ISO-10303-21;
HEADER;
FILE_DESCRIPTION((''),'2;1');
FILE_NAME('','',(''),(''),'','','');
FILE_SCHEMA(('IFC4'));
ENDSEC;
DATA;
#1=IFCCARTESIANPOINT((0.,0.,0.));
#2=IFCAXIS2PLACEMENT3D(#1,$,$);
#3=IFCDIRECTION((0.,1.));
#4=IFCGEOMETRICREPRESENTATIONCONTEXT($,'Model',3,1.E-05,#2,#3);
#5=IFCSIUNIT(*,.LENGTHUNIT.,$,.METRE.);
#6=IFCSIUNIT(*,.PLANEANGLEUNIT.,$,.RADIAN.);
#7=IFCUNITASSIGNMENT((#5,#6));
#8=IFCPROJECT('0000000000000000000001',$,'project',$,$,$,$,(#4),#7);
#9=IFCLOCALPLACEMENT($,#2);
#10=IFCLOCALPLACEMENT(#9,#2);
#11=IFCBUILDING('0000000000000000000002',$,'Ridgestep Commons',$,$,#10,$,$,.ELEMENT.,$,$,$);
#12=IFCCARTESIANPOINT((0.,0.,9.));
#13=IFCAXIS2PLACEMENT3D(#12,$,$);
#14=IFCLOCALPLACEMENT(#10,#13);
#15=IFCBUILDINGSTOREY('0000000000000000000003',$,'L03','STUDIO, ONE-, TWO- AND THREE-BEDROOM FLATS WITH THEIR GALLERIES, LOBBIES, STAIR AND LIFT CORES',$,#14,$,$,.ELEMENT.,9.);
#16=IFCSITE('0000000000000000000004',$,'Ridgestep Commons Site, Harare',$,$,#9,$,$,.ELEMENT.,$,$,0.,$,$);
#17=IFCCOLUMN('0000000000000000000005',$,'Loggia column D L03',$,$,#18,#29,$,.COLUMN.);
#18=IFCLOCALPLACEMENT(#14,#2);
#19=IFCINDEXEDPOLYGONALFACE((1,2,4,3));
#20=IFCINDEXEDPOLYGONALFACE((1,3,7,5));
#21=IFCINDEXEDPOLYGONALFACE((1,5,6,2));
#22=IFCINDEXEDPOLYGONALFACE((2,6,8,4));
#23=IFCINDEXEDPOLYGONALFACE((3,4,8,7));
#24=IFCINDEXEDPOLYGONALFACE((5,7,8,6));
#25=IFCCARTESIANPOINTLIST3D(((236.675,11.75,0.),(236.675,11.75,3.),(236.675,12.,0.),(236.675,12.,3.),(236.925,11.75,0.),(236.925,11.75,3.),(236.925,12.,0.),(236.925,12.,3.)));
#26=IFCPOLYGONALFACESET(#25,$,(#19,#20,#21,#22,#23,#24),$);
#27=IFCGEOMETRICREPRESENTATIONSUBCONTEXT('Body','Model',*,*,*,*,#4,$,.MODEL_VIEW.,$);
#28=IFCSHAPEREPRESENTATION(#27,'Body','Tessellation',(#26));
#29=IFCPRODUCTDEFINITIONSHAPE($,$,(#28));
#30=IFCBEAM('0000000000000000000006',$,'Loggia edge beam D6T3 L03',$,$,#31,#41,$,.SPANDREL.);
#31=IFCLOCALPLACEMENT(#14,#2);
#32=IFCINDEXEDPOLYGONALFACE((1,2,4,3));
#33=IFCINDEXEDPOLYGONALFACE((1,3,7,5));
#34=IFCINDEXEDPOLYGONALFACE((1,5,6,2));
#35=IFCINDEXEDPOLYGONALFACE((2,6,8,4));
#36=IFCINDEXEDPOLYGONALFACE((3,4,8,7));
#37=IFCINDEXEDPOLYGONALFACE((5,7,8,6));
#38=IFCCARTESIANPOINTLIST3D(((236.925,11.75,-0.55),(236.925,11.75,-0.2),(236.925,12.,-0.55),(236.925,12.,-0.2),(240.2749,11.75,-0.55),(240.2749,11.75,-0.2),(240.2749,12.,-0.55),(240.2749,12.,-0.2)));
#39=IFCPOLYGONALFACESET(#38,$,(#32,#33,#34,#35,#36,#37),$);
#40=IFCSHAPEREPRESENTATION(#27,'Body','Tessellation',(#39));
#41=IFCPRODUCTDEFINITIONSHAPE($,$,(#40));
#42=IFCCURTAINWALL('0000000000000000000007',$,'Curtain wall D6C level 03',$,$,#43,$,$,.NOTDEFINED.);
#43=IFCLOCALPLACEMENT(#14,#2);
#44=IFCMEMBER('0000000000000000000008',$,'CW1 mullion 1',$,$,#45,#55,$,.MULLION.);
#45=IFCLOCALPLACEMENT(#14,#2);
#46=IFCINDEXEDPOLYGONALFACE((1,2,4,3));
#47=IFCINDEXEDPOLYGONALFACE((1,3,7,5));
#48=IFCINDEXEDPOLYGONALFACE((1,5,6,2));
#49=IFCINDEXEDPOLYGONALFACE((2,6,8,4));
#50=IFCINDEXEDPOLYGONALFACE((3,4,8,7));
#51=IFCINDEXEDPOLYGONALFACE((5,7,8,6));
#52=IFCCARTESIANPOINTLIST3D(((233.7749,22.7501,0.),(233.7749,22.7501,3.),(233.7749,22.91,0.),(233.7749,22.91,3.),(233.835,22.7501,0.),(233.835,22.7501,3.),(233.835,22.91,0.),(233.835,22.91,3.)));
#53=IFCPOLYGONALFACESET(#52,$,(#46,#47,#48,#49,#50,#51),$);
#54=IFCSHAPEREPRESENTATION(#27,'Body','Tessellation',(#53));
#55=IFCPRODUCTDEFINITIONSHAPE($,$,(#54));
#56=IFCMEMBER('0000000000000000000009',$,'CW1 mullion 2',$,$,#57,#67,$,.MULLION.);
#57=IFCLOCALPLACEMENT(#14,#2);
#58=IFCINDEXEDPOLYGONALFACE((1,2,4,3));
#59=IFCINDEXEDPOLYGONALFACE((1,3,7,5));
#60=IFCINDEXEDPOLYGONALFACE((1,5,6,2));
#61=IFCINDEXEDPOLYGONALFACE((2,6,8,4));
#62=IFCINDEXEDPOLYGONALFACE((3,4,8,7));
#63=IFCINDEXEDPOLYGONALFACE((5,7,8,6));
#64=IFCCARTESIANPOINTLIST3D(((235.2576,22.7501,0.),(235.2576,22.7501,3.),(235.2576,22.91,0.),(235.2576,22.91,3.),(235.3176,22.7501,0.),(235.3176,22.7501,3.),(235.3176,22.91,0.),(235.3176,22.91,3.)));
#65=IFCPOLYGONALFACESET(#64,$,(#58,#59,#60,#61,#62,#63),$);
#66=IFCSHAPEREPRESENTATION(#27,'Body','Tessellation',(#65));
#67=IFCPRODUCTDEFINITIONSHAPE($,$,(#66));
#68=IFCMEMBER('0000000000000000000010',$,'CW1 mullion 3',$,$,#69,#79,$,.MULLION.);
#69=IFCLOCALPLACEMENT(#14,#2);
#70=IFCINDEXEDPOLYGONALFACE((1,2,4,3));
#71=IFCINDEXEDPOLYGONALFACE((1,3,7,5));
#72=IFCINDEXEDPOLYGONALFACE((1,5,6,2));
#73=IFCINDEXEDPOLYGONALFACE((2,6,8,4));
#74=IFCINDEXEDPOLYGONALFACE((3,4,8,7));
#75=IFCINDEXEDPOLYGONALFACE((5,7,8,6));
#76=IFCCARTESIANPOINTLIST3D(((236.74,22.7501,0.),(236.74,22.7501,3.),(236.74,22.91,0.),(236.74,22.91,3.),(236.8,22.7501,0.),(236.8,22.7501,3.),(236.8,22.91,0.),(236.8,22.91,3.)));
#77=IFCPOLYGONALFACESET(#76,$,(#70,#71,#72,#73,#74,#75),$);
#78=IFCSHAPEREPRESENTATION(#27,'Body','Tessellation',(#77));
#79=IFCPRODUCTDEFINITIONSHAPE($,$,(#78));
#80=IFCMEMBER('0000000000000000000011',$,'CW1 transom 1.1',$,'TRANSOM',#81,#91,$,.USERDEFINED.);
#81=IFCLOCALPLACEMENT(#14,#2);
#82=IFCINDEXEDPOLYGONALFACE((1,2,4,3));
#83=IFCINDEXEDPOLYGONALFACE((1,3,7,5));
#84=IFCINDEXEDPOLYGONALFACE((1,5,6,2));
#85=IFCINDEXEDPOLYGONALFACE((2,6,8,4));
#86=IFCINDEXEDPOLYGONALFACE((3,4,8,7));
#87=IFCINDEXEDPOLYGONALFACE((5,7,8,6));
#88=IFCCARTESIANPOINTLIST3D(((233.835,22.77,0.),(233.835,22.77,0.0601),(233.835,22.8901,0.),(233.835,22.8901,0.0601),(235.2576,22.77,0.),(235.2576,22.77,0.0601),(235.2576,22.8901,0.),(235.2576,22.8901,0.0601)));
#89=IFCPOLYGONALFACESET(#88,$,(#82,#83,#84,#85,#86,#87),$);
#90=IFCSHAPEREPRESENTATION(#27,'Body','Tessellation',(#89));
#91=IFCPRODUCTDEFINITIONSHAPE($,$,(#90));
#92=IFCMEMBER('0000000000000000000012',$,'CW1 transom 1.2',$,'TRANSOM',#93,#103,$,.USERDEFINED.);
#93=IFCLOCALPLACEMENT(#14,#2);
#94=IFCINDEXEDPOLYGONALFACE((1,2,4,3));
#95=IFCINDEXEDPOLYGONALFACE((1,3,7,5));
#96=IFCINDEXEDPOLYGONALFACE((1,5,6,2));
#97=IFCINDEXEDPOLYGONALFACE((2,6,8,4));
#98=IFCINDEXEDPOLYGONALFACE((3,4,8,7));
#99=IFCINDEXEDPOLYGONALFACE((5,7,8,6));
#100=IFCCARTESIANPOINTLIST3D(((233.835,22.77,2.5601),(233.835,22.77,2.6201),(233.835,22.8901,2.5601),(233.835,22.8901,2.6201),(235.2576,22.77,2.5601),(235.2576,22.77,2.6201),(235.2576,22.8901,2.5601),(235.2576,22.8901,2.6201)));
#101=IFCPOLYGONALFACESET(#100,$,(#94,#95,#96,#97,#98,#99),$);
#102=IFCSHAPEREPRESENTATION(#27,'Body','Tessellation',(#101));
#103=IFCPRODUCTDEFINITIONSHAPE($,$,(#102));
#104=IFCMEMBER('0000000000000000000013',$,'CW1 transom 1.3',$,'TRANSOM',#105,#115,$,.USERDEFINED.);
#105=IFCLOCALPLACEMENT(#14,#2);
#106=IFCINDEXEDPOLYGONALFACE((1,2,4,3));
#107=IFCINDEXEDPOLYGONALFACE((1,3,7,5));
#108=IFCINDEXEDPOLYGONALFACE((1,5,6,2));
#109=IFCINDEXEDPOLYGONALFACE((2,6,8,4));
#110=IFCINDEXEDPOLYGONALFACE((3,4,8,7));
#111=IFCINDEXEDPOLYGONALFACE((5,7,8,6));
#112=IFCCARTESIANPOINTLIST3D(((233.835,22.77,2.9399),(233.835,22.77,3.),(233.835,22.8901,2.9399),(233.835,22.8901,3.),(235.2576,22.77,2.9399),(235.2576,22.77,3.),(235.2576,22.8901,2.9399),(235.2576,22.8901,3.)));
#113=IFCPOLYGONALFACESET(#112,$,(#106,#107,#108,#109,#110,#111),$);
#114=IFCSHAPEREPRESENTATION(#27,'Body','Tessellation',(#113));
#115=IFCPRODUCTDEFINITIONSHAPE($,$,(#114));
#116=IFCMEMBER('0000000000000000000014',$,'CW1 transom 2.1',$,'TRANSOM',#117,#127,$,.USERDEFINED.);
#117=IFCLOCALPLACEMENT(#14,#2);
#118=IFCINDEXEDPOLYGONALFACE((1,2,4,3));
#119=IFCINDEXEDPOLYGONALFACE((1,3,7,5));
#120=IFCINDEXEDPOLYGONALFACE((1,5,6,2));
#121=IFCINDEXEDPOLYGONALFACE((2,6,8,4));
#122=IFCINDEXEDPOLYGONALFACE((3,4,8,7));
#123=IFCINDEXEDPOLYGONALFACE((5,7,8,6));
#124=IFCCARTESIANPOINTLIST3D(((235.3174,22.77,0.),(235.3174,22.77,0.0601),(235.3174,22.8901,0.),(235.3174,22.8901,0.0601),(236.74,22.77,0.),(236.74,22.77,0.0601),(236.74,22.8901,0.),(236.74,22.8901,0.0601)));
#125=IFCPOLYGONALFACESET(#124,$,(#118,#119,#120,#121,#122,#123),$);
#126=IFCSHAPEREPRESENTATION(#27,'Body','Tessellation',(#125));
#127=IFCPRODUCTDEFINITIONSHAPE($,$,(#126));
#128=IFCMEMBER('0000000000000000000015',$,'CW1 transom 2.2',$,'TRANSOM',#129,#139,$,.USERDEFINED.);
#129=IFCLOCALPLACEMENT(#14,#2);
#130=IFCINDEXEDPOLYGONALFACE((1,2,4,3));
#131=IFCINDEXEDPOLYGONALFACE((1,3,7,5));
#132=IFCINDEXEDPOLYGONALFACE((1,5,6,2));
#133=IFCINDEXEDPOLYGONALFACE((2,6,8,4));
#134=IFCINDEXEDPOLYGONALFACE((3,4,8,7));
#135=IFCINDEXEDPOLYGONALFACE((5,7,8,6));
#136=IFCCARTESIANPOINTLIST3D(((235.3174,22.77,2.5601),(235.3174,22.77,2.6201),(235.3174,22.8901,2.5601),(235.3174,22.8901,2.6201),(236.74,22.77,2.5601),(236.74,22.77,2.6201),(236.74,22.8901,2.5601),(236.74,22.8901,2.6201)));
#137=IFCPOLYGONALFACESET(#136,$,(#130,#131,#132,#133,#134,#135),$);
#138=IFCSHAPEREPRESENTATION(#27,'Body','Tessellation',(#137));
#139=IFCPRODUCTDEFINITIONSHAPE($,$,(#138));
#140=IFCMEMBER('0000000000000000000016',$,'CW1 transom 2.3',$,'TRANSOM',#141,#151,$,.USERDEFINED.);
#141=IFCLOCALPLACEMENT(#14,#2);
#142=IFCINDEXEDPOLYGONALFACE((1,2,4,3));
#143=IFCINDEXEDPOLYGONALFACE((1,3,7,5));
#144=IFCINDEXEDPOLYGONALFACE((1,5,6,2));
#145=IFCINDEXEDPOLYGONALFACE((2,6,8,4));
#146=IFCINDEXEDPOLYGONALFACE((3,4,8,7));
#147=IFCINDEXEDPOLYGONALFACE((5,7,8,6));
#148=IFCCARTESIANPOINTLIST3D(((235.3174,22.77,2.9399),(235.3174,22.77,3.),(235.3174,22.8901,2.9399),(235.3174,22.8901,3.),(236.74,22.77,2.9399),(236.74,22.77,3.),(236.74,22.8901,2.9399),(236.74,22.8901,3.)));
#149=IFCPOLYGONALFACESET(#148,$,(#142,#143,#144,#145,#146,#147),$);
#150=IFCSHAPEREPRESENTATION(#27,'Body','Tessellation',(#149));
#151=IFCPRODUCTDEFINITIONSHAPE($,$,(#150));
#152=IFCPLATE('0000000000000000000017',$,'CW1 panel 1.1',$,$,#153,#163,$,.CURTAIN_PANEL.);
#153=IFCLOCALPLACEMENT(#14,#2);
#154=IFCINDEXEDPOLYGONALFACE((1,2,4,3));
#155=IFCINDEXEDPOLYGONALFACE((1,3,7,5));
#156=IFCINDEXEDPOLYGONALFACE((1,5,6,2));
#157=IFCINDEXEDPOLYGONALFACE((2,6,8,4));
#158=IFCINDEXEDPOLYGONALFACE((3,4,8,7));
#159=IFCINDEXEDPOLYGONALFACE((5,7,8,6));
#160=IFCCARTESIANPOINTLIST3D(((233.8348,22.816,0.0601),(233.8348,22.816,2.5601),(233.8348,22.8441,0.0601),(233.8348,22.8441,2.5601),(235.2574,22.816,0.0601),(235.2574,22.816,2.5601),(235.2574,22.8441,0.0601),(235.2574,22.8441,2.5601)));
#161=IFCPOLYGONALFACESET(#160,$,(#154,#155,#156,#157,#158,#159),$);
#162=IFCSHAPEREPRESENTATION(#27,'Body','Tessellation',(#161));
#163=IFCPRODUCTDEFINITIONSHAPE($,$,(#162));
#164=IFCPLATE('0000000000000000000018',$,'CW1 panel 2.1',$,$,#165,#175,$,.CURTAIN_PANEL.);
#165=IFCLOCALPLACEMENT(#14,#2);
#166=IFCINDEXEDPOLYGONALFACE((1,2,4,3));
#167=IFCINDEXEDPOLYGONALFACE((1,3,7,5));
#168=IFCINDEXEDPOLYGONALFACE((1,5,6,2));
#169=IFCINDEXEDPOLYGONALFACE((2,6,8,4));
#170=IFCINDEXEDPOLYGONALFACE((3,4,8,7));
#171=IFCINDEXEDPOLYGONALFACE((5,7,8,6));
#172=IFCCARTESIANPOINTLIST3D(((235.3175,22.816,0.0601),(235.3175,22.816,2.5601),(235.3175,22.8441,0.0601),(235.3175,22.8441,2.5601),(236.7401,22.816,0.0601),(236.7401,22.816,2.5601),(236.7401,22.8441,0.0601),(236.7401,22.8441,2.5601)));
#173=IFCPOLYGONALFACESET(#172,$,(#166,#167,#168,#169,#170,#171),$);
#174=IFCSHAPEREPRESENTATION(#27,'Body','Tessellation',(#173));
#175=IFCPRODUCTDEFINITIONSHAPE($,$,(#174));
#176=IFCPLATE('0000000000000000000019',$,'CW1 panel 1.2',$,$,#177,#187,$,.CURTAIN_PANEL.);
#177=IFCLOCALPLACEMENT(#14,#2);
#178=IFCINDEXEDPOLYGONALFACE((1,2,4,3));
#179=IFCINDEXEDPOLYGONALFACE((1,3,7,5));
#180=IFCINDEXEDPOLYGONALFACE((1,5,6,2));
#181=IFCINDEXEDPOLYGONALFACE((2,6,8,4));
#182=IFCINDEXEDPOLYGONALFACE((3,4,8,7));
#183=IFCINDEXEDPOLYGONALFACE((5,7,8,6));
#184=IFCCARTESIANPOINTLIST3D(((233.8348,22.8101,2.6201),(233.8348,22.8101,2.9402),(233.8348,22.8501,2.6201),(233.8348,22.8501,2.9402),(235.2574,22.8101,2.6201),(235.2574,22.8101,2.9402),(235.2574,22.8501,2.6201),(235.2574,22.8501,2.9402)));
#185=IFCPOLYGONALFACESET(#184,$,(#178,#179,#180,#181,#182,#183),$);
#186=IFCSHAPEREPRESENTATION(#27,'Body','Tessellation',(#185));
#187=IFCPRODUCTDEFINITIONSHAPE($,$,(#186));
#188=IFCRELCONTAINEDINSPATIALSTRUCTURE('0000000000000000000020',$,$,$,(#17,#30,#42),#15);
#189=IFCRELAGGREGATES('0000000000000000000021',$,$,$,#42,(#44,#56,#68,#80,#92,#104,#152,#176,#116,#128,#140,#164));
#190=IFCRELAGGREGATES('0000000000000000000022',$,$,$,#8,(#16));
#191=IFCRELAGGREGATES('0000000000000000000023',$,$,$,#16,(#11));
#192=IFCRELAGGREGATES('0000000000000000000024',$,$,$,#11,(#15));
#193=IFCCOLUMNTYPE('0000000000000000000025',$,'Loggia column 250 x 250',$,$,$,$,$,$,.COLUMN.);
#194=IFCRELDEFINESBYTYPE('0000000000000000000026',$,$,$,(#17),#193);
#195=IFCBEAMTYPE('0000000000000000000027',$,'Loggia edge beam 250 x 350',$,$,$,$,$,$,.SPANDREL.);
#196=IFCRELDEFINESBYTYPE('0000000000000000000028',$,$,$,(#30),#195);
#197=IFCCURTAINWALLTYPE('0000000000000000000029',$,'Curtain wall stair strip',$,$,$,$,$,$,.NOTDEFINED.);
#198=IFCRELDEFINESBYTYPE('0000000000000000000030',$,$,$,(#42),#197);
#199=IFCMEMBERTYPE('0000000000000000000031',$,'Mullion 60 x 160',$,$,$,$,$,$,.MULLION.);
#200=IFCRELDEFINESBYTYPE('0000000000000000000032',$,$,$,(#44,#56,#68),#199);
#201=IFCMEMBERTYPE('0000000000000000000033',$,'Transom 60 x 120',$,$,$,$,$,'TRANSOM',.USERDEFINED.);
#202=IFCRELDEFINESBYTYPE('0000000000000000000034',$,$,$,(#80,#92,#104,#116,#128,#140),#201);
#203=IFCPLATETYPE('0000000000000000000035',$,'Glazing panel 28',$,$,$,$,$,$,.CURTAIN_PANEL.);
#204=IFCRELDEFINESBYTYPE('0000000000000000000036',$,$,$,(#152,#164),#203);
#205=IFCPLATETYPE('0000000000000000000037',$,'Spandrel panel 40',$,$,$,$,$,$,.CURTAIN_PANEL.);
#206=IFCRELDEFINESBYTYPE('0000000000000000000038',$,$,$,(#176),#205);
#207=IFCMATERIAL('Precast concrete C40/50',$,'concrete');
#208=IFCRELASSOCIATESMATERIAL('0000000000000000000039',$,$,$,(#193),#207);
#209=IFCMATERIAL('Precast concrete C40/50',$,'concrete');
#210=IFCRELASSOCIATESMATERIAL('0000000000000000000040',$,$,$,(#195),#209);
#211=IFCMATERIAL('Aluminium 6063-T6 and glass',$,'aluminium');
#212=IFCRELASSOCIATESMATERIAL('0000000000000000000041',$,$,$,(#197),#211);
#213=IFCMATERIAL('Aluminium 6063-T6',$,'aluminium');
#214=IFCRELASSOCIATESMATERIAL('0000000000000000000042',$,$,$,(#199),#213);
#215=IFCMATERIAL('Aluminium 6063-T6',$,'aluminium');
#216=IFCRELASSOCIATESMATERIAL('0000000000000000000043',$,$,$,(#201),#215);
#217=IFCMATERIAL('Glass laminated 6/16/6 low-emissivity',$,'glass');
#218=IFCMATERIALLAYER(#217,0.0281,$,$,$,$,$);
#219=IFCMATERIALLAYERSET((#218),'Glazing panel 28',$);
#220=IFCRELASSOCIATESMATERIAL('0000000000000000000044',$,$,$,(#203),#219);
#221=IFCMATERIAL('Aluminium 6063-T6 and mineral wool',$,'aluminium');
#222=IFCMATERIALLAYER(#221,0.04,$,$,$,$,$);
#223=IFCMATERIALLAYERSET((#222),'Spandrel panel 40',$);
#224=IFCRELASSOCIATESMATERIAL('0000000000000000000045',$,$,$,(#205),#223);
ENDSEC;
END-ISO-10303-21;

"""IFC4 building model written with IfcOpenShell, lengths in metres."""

from ifc_helpers import new_model, si_unit, direction, frame, origin, origin_2d, place, context, subcontext, project, spatial, rectangle, extrude, material, layer, layer_set, material_profile, profile_set, type_object, element, aggregate, save


model = new_model("IFC4")

# Units and contexts
model_context = context("Model", 3, precision=1e-05, world=origin(), true_north=direction((0.0, 1.0)))
body_context = subcontext(model_context, "Body", "Model", "MODEL_VIEW")
ifc_project = project(units=[si_unit("LENGTHUNIT", "METRE"), si_unit("PLANEANGLEUNIT", "RADIAN")], contexts=[model_context])

# Site, building, storey
site_placement = place(None, origin())
site = spatial("IfcSite", under=ifc_project, at=site_placement, Name="Ridgestep Commons Site, Harare", CompositionType="ELEMENT", RefElevation=0.0)
building_placement = place(site_placement, origin())
building = spatial("IfcBuilding", under=site, at=building_placement, Name="Ridgestep Commons", CompositionType="ELEMENT")
storey_placement = place(building_placement, frame((0.0, 0.0, 9.0)))
storey = spatial("IfcBuildingStorey", under=building, at=storey_placement, Name="L03", Description="STUDIO, ONE-, TWO- AND THREE-BEDROOM FLATS WITH THEIR GALLERIES, LOBBIES, STAIR AND LIFT CORES", CompositionType="ELEMENT", Elevation=9.0)

# Column
ifc_material_1 = material(Name="Precast concrete C40/50", Category="concrete")
ifc_material_profile_1 = material_profile(ifc_material_1, rectangle(XDim=0.25, YDim=0.25, at=origin_2d()), Name="PC 250x250")
ifc_profile_set_1 = profile_set([ifc_material_profile_1], Name="Precast concrete C40/50")
column_type = type_object("IfcColumnType", Name="Loggia column 250 x 250", PredefinedType="COLUMN", material=ifc_profile_set_1)
column_placement = place(storey_placement, frame((236.8, 11.875, 0.0), z_axis=(0.0, 0.0, 1.0), x_axis=(1.0, 0.0, 0.0)))
element("IfcColumn", 1, at=column_placement, inside=storey, type_object=column_type, Name="Loggia column D L03", PredefinedType="COLUMN", context=body_context, shape_type="SweptSolid", body=[
    extrude(rectangle(XDim=0.25, YDim=0.25, at=origin_2d()), origin(), (0.0, 0.0, 1.0), 3.0),
])

# Beam
ifc_material_2 = material(Name="Precast concrete C40/50", Category="concrete")
ifc_material_profile_2 = material_profile(ifc_material_2, rectangle(XDim=0.25, YDim=0.3501, at=origin_2d()), Name="PC 250x350")
ifc_profile_set_2 = profile_set([ifc_material_profile_2], Name="Precast concrete C40/50")
beam_type = type_object("IfcBeamType", Name="Loggia edge beam 250 x 350", PredefinedType="SPANDREL", material=ifc_profile_set_2)
beam_placement = place(storey_placement, frame((236.925, 11.875, -0.375), z_axis=(1.0, 0.0, 0.0), x_axis=(0.0, 1.0, 0.0)))
element("IfcBeam", 2, at=beam_placement, inside=storey, type_object=beam_type, Name="Loggia edge beam D6T3 L03", PredefinedType="SPANDREL", context=body_context, shape_type="SweptSolid", body=[
    extrude(rectangle(XDim=0.25, YDim=0.3501, at=origin_2d()), origin(), (0.0, 0.0, 1.0), 3.3499),
])

# Curtain wall, members, plates
ifc_material_3 = material(Name="Aluminium 6063-T6 and glass", Category="aluminium")
curtain_wall_type = type_object("IfcCurtainWallType", Name="Curtain wall stair strip", PredefinedType="NOTDEFINED", material=ifc_material_3)
curtain_wall_placement = place(storey_placement, origin())
curtain_wall = element("IfcCurtainWall", 3, at=curtain_wall_placement, inside=storey, type_object=curtain_wall_type, Name="Curtain wall D6C level 03", PredefinedType="NOTDEFINED")
ifc_material_4 = material(Name="Aluminium 6063-T6", Category="aluminium")
ifc_material_profile_3 = material_profile(ifc_material_4, rectangle(XDim=0.1599, YDim=0.0601, at=origin_2d()), Name="Mullion 60 x 160")
ifc_profile_set_3 = profile_set([ifc_material_profile_3], Name="Aluminium 6063-T6")
member_type_1 = type_object("IfcMemberType", Name="Mullion 60 x 160", PredefinedType="MULLION", material=ifc_profile_set_3)
member_1_placement = place(storey_placement, frame((233.8049, 22.8301, 0.0), z_axis=(0.0, 0.0, 1.0), x_axis=(0.0, 1.0, 0.0)))
member_1 = element("IfcMember", 4, at=member_1_placement, type_object=member_type_1, Name="CW1 mullion 1", PredefinedType="MULLION", context=body_context, shape_type="SweptSolid", body=[
    extrude(rectangle(XDim=0.1599, YDim=0.0601, at=origin_2d()), origin(), (0.0, 0.0, 1.0), 3.0),
])
member_2_placement = place(storey_placement, frame((235.2876, 22.8301, 0.0), z_axis=(0.0, 0.0, 1.0), x_axis=(0.0, 1.0, 0.0)))
member_2 = element("IfcMember", 5, at=member_2_placement, type_object=member_type_1, Name="CW1 mullion 2", PredefinedType="MULLION", context=body_context, shape_type="SweptSolid", body=[
    extrude(rectangle(XDim=0.1599, YDim=0.0601, at=origin_2d()), origin(), (0.0, 0.0, 1.0), 3.0),
])
member_3_placement = place(storey_placement, frame((236.77, 22.8301, 0.0), z_axis=(0.0, 0.0, 1.0), x_axis=(0.0, 1.0, 0.0)))
member_3 = element("IfcMember", 6, at=member_3_placement, type_object=member_type_1, Name="CW1 mullion 3", PredefinedType="MULLION", context=body_context, shape_type="SweptSolid", body=[
    extrude(rectangle(XDim=0.1599, YDim=0.0601, at=origin_2d()), origin(), (0.0, 0.0, 1.0), 3.0),
])
ifc_material_5 = material(Name="Aluminium 6063-T6", Category="aluminium")
ifc_material_profile_4 = material_profile(ifc_material_5, rectangle(XDim=0.1201, YDim=0.0601, at=origin_2d()), Name="Transom 60 x 120")
ifc_profile_set_4 = profile_set([ifc_material_profile_4], Name="Aluminium 6063-T6")
member_type_2 = type_object("IfcMemberType", Name="Transom 60 x 120", ElementType="TRANSOM", PredefinedType="USERDEFINED", material=ifc_profile_set_4)
member_4_placement = place(storey_placement, frame((233.835, 22.8301, 0.03), z_axis=(1.0, 0.0, 0.0), x_axis=(0.0, 1.0, 0.0)))
member_4 = element("IfcMember", 7, at=member_4_placement, type_object=member_type_2, Name="CW1 transom 1.1", ObjectType="TRANSOM", PredefinedType="USERDEFINED", context=body_context, shape_type="SweptSolid", body=[
    extrude(rectangle(XDim=0.1201, YDim=0.0601, at=origin_2d()), origin(), (0.0, 0.0, 1.0), 1.4226),
])
member_5_placement = place(storey_placement, frame((233.835, 22.8301, 2.5901), z_axis=(1.0, 0.0, 0.0), x_axis=(0.0, 1.0, 0.0)))
member_5 = element("IfcMember", 8, at=member_5_placement, type_object=member_type_2, Name="CW1 transom 1.2", ObjectType="TRANSOM", PredefinedType="USERDEFINED", context=body_context, shape_type="SweptSolid", body=[
    extrude(rectangle(XDim=0.1201, YDim=0.0601, at=origin_2d()), origin(), (0.0, 0.0, 1.0), 1.4226),
])
member_6_placement = place(storey_placement, frame((233.835, 22.8301, 2.97), z_axis=(1.0, 0.0, 0.0), x_axis=(0.0, 1.0, 0.0)))
member_6 = element("IfcMember", 9, at=member_6_placement, type_object=member_type_2, Name="CW1 transom 1.3", ObjectType="TRANSOM", PredefinedType="USERDEFINED", context=body_context, shape_type="SweptSolid", body=[
    extrude(rectangle(XDim=0.1201, YDim=0.0601, at=origin_2d()), origin(), (0.0, 0.0, 1.0), 1.4226),
])
member_7_placement = place(storey_placement, frame((235.3174, 22.8301, 0.03), z_axis=(1.0, 0.0, 0.0), x_axis=(0.0, 1.0, 0.0)))
member_7 = element("IfcMember", 10, at=member_7_placement, type_object=member_type_2, Name="CW1 transom 2.1", ObjectType="TRANSOM", PredefinedType="USERDEFINED", context=body_context, shape_type="SweptSolid", body=[
    extrude(rectangle(XDim=0.1201, YDim=0.0601, at=origin_2d()), origin(), (0.0, 0.0, 1.0), 1.4226),
])
member_8_placement = place(storey_placement, frame((235.3174, 22.8301, 2.5901), z_axis=(1.0, 0.0, 0.0), x_axis=(0.0, 1.0, 0.0)))
member_8 = element("IfcMember", 11, at=member_8_placement, type_object=member_type_2, Name="CW1 transom 2.2", ObjectType="TRANSOM", PredefinedType="USERDEFINED", context=body_context, shape_type="SweptSolid", body=[
    extrude(rectangle(XDim=0.1201, YDim=0.0601, at=origin_2d()), origin(), (0.0, 0.0, 1.0), 1.4226),
])
member_9_placement = place(storey_placement, frame((235.3174, 22.8301, 2.97), z_axis=(1.0, 0.0, 0.0), x_axis=(0.0, 1.0, 0.0)))
member_9 = element("IfcMember", 12, at=member_9_placement, type_object=member_type_2, Name="CW1 transom 2.3", ObjectType="TRANSOM", PredefinedType="USERDEFINED", context=body_context, shape_type="SweptSolid", body=[
    extrude(rectangle(XDim=0.1201, YDim=0.0601, at=origin_2d()), origin(), (0.0, 0.0, 1.0), 1.4226),
])
ifc_material_6 = material(Name="Glass laminated 6/16/6 low-emissivity", Category="glass")
ifc_layer_1 = layer(ifc_material_6, 0.0281)
ifc_layer_set_1 = layer_set([ifc_layer_1], Name="Glazing panel 28")
plate_type_1 = type_object("IfcPlateType", Name="Glazing panel 28", PredefinedType="CURTAIN_PANEL", material=ifc_layer_set_1)
plate_1_placement = place(storey_placement, frame((234.5461, 22.8301, 0.0601), z_axis=(0.0, 0.0, 1.0), x_axis=(1.0, 0.0, 0.0)))
plate_1 = element("IfcPlate", 13, at=plate_1_placement, type_object=plate_type_1, Name="CW1 panel 1.1", PredefinedType="CURTAIN_PANEL", context=body_context, shape_type="SweptSolid", body=[
    extrude(rectangle(XDim=1.4226, YDim=0.0281, at=origin_2d()), origin(), (0.0, 0.0, 1.0), 2.5),
])
plate_2_placement = place(storey_placement, frame((236.0288, 22.8301, 0.0601), z_axis=(0.0, 0.0, 1.0), x_axis=(1.0, 0.0, 0.0)))
plate_2 = element("IfcPlate", 14, at=plate_2_placement, type_object=plate_type_1, Name="CW1 panel 2.1", PredefinedType="CURTAIN_PANEL", context=body_context, shape_type="SweptSolid", body=[
    extrude(rectangle(XDim=1.4226, YDim=0.0281, at=origin_2d()), origin(), (0.0, 0.0, 1.0), 2.5),
])
ifc_material_7 = material(Name="Aluminium 6063-T6 and mineral wool", Category="aluminium")
ifc_layer_2 = layer(ifc_material_7, 0.04)
ifc_layer_set_2 = layer_set([ifc_layer_2], Name="Spandrel panel 40")
plate_type_2 = type_object("IfcPlateType", Name="Spandrel panel 40", PredefinedType="CURTAIN_PANEL", material=ifc_layer_set_2)
plate_3_placement = place(storey_placement, frame((234.5461, 22.8301, 2.6201), z_axis=(0.0, 0.0, 1.0), x_axis=(1.0, 0.0, 0.0)))
plate_3 = element("IfcPlate", 15, at=plate_3_placement, type_object=plate_type_2, Name="CW1 panel 1.2", PredefinedType="CURTAIN_PANEL", context=body_context, shape_type="SweptSolid", body=[
    extrude(rectangle(XDim=1.4226, YDim=0.04, at=origin_2d()), origin(), (0.0, 0.0, 1.0), 0.3201),
])
aggregate(curtain_wall, [member_1, member_2, member_3, member_4, member_5, member_6, plate_1, plate_3, member_7, member_8, member_9, plate_2])

save(model, "model.ifc")
